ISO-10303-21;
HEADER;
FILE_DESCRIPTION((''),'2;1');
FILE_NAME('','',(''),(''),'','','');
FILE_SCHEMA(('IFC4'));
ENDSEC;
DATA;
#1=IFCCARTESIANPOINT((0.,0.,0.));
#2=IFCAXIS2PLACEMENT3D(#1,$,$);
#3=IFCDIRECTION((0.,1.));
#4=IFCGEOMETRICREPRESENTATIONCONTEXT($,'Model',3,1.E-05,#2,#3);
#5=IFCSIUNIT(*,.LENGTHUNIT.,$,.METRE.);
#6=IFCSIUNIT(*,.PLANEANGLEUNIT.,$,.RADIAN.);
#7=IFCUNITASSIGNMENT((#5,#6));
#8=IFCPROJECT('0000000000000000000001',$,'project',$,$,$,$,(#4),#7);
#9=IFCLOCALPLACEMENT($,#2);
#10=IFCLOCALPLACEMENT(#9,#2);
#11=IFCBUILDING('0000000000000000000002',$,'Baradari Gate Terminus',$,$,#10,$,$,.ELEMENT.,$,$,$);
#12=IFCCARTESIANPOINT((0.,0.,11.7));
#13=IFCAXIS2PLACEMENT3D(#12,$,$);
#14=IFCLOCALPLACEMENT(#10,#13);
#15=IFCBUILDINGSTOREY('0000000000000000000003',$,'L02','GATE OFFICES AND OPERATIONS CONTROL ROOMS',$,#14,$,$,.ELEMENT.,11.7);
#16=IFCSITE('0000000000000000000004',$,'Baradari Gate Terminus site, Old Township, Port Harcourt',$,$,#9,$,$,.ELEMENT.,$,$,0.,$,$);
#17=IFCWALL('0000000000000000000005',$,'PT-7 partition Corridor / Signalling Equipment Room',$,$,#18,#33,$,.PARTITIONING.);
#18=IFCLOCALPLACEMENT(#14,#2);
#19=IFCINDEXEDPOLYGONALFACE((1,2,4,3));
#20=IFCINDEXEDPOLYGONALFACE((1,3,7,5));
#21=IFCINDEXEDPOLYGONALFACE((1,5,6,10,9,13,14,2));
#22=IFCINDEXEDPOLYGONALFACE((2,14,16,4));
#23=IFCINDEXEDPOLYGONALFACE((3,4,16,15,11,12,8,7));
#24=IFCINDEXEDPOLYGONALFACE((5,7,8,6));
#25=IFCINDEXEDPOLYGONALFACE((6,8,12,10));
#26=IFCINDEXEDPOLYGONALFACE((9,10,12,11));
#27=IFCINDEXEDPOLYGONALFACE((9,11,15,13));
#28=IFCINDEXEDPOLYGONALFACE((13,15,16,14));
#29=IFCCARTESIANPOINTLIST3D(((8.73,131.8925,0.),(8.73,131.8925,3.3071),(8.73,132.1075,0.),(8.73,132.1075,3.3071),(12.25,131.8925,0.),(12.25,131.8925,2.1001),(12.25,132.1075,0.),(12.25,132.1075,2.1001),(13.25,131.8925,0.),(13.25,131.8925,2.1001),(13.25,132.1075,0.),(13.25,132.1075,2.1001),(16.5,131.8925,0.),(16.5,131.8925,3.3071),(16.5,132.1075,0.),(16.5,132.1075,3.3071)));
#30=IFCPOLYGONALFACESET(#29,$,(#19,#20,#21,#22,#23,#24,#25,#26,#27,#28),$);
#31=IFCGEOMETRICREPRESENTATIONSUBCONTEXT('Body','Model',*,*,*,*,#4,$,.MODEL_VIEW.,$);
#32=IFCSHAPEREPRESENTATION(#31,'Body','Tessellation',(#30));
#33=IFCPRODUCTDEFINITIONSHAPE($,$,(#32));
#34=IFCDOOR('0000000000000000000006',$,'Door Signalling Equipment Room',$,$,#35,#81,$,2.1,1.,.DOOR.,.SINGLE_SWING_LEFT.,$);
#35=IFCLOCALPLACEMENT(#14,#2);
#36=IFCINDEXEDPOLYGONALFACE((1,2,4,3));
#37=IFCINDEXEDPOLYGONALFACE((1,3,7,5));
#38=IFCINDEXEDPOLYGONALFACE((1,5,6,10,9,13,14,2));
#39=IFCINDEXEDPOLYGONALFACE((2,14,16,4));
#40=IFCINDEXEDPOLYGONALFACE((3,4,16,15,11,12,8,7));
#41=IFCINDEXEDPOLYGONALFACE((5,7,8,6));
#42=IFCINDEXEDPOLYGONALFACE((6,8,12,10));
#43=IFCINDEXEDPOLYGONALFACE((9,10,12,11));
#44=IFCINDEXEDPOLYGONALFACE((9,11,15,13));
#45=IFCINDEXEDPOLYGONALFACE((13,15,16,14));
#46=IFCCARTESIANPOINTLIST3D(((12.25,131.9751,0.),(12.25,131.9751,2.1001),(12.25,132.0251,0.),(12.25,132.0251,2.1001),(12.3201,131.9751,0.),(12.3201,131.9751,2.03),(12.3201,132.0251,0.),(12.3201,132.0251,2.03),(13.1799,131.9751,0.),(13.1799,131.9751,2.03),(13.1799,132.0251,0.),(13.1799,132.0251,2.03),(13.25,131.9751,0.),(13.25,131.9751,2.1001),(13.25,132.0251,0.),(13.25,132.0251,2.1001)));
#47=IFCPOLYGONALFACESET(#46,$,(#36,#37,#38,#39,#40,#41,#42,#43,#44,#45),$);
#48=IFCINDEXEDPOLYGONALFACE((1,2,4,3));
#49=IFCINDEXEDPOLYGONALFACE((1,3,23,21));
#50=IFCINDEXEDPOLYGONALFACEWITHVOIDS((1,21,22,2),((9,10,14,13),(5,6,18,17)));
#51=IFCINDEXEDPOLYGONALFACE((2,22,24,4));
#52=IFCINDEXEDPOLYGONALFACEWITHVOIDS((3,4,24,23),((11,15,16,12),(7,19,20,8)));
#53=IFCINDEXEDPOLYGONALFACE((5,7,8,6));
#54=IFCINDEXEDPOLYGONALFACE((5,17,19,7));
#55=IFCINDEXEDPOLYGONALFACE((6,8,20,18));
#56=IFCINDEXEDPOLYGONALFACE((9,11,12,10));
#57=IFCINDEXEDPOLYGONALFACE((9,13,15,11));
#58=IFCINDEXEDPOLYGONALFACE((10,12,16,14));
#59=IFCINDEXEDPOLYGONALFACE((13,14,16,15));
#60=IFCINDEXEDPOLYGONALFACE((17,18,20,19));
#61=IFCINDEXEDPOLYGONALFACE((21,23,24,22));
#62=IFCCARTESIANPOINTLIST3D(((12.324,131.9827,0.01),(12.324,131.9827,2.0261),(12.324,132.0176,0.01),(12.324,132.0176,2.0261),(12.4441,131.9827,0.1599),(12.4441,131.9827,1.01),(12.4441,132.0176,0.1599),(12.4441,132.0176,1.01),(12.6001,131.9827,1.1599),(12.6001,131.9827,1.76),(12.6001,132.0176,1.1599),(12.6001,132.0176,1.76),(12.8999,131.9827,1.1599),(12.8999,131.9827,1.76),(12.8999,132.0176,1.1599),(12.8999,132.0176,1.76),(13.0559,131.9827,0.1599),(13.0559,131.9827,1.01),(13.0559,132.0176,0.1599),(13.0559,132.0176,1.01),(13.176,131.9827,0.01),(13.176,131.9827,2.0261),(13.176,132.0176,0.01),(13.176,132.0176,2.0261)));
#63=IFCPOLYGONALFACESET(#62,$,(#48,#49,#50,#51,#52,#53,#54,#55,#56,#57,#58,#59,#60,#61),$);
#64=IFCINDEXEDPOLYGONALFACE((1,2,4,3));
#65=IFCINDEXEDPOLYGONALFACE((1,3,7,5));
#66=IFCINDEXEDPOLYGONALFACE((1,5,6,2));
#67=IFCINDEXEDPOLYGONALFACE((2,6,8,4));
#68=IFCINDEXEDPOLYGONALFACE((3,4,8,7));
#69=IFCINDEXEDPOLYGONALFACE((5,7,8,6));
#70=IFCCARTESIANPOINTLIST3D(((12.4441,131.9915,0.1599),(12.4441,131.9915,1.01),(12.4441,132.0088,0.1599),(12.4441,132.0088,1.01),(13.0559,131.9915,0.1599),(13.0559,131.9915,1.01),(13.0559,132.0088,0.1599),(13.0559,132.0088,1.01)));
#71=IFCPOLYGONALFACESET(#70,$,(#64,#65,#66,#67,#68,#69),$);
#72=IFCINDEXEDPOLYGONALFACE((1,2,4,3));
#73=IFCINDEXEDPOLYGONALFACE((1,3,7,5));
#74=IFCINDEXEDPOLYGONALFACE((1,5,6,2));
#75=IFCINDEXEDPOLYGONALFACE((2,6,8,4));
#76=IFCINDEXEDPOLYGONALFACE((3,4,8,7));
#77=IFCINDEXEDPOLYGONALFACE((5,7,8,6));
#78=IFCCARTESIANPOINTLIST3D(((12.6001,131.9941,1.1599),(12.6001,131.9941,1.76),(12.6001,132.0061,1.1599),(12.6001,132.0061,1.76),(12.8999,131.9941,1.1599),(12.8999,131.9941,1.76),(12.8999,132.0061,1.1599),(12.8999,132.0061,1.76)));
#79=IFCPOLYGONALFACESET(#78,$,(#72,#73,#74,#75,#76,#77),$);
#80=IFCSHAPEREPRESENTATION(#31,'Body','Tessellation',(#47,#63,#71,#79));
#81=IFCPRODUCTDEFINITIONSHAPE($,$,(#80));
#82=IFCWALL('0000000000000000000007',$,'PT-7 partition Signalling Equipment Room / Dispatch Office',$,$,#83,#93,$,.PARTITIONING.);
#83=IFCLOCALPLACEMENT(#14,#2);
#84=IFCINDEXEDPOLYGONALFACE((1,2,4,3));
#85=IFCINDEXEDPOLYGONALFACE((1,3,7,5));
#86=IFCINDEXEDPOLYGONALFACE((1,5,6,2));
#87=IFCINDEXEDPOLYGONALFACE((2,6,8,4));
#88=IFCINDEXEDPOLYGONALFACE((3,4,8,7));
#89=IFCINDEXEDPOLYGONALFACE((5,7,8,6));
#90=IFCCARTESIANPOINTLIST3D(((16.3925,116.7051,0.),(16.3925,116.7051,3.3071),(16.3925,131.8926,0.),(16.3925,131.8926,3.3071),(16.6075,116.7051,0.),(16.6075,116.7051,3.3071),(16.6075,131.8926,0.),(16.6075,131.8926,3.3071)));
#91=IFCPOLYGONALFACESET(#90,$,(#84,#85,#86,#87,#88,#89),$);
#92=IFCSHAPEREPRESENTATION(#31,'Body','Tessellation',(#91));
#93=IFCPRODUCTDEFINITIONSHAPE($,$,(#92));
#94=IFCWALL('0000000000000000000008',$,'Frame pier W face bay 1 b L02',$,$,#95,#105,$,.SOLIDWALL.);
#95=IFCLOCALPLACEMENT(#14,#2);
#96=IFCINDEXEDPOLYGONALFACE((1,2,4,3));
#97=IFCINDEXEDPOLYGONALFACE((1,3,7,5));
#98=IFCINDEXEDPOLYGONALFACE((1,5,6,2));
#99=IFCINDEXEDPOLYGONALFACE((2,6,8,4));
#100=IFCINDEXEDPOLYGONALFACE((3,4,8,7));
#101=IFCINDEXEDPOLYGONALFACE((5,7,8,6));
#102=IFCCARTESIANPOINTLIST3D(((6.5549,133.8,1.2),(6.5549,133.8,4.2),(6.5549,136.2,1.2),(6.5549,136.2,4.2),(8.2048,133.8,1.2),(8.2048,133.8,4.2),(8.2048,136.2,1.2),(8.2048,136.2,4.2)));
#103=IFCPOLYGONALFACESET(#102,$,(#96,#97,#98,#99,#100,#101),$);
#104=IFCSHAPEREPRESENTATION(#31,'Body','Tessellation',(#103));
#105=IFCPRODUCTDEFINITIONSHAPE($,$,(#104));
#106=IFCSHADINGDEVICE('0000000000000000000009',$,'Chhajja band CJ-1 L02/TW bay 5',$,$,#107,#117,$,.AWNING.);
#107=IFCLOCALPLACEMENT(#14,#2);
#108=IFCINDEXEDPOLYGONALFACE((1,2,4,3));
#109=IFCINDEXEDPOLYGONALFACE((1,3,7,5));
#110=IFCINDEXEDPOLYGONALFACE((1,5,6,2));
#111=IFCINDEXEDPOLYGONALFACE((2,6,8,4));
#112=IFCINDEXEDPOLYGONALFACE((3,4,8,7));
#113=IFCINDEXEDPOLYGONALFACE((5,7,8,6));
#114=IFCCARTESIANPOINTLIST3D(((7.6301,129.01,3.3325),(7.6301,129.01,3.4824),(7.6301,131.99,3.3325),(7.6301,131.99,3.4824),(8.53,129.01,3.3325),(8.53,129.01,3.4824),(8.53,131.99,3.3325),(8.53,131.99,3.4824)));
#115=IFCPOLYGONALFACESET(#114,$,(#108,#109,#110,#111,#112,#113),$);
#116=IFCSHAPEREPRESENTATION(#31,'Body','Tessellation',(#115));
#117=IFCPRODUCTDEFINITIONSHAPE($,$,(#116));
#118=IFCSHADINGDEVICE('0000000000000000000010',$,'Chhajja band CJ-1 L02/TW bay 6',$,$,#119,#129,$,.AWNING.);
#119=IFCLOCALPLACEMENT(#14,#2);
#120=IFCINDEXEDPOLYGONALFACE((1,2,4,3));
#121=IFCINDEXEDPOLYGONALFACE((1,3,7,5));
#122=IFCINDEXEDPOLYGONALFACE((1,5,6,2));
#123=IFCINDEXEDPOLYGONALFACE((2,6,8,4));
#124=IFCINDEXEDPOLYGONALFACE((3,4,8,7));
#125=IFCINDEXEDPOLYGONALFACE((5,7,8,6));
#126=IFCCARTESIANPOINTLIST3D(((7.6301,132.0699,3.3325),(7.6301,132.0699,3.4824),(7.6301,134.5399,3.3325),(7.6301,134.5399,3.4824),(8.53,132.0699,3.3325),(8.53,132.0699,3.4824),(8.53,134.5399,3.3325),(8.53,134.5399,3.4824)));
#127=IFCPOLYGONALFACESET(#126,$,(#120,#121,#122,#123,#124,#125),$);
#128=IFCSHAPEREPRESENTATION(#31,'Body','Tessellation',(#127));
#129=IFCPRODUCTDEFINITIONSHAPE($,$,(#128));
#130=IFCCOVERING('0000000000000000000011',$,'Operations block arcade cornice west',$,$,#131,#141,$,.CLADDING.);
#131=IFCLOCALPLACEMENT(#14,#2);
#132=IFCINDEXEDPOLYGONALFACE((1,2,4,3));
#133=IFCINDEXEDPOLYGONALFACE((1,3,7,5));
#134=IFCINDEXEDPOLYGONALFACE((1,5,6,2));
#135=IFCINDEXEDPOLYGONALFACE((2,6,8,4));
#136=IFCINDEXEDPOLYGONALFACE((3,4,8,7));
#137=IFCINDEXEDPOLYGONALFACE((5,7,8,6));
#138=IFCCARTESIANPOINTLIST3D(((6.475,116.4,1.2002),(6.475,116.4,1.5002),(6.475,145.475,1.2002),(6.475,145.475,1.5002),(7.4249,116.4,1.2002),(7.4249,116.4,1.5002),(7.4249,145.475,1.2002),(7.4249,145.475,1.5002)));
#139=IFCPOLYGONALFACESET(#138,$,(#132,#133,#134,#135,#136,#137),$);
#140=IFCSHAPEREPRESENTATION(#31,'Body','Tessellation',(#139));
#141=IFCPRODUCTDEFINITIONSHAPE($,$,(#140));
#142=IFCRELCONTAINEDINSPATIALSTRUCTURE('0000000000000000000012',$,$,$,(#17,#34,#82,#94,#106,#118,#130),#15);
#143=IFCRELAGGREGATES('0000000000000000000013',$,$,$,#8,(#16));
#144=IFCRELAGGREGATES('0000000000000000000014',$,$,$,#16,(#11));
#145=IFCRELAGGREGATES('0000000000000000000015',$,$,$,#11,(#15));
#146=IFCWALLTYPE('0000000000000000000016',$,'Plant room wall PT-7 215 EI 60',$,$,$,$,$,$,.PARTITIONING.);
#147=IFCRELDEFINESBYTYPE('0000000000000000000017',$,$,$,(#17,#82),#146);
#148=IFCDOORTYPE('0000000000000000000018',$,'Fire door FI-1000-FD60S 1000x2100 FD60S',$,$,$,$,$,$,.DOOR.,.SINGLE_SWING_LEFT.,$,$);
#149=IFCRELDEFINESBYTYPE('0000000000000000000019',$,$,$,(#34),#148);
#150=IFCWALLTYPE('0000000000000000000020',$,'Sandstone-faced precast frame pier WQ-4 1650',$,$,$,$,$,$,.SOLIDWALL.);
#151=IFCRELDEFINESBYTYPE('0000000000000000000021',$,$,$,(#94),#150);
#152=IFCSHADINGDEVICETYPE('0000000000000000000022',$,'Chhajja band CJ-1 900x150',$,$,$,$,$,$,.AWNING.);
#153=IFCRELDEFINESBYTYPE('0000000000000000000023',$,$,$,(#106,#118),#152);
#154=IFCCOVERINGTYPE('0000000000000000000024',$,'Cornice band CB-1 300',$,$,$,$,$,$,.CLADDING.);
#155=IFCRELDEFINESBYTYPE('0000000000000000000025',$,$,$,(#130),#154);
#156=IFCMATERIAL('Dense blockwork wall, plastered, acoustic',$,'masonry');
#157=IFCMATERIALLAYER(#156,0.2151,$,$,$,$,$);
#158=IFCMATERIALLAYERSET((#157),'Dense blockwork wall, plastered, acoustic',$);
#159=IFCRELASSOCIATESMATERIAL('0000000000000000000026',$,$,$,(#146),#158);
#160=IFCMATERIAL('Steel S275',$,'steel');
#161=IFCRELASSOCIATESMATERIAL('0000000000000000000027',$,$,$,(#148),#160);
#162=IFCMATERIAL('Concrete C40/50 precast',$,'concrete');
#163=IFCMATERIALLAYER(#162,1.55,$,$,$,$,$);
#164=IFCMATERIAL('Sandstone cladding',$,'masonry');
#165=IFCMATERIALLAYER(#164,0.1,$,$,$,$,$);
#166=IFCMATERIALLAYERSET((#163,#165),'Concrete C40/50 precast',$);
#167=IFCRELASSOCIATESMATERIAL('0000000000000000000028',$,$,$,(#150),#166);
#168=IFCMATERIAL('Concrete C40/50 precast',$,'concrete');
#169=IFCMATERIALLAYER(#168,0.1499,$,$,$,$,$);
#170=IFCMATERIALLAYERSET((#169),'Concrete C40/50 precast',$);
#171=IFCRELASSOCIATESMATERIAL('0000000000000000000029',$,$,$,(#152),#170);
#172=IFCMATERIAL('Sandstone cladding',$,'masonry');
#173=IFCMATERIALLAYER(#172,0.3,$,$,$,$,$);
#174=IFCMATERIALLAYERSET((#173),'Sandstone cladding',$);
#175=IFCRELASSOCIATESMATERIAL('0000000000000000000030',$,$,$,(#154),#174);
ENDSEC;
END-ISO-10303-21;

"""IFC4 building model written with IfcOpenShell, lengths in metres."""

from ifc_helpers import new_model, si_unit, direction, frame, frame_2d, origin, origin_2d, place, context, subcontext, project, spatial, polyline, rectangle, outline, extrude, material, layer, layer_set, type_object, element, fill, save


model = new_model("IFC4")

# Units and contexts
model_context = context("Model", 3, precision=1e-05, world=origin(), true_north=direction((0.0, 1.0)))
body_context = subcontext(model_context, "Body", "Model", "MODEL_VIEW")
ifc_project = project(units=[si_unit("LENGTHUNIT", "METRE"), si_unit("PLANEANGLEUNIT", "RADIAN")], contexts=[model_context])

# Site, building, storey
site_placement = place(None, origin())
site = spatial("IfcSite", under=ifc_project, at=site_placement, Name="Baradari Gate Terminus site, Old Township, Port Harcourt", CompositionType="ELEMENT", RefElevation=0.0)
building_placement = place(site_placement, origin())
building = spatial("IfcBuilding", under=site, at=building_placement, Name="Baradari Gate Terminus", CompositionType="ELEMENT")
storey_placement = place(building_placement, frame((0.0, 0.0, 11.7)))
storey = spatial("IfcBuildingStorey", under=building, at=storey_placement, Name="L02", Description="GATE OFFICES AND OPERATIONS CONTROL ROOMS", CompositionType="ELEMENT", Elevation=11.7)

# Wall, opening, door
ifc_material_1 = material(Name="Dense blockwork wall, plastered, acoustic", Category="masonry")
ifc_layer_1 = layer(ifc_material_1, 0.2151)
ifc_layer_set_1 = layer_set([ifc_layer_1], Name="Dense blockwork wall, plastered, acoustic")
wall_type_1 = type_object("IfcWallType", Name="Plant room wall PT-7 215 EI 60", PredefinedType="PARTITIONING", material=ifc_layer_set_1)
wall_1_placement = place(storey_placement, frame((16.5, 132.0, 0.0), z_axis=(0.0, 0.0, 1.0), x_axis=(-1.0, 0.0, 0.0)))
wall_1 = element("IfcWall", 1, at=wall_1_placement, inside=storey, type_object=wall_type_1, Name="PT-7 partition Corridor / Signalling Equipment Room", PredefinedType="PARTITIONING", context=body_context, shape_type="SweptSolid", body=[
    extrude(rectangle(XDim=7.77, YDim=0.2151, at=frame_2d((3.885, 0.0))), origin(), (0.0, 0.0, 1.0), 3.3071),
])
opening_1_placement = place(wall_1_placement, frame((3.25, 0.0, 0.0)))
opening_1 = element("IfcOpeningElement", 2, at=opening_1_placement, cuts=wall_1, PredefinedType="OPENING", context=body_context, shape_type="SweptSolid", body=[
    extrude(rectangle(XDim=1.0, YDim=2.1001, at=frame_2d((0.5, 1.05))), frame((0.0, 0.1174, 0.0), z_axis=(0.0, -1.0, 0.0), x_axis=(1.0, 0.0, 0.0)), (0.0, 0.0, 1.0), 0.2351),
])
ifc_material_2 = material(Name="Steel S275", Category="steel")
door_type_1 = type_object("IfcDoorType", Name="Fire door FI-1000-FD60S 1000x2100 FD60S", OperationType="SINGLE_SWING_LEFT", PredefinedType="DOOR", material=ifc_material_2)
door_1_placement = place(opening_1_placement, origin())
door_1 = element("IfcDoor", 3, at=door_1_placement, inside=storey, type_object=door_type_1, Name="Door Signalling Equipment Room", OperationType="SINGLE_SWING_LEFT", OverallHeight=2.1, OverallWidth=1.0, PredefinedType="DOOR", context=body_context, shape_type="SweptSolid", body=[
    extrude(outline(polyline([(0.0, 0.0), (0.0701, 0.0), (0.0701, 2.03), (0.9299, 2.03), (0.9299, 0.0), (1.0, 0.0), (1.0, 2.1001), (0.0, 2.1001), (0.0, 0.0)])), frame((0.0, 0.0249, 0.0), z_axis=(0.0, -1.0, 0.0), x_axis=(1.0, 0.0, 0.0)), (0.0, 0.0, 1.0), 0.05),
    extrude(outline(polyline([(0.074, 0.01), (0.926, 0.01), (0.926, 2.0261), (0.074, 2.0261), (0.074, 0.01)]), holes=[polyline([(0.1941, 0.1599), (0.8059, 0.1599), (0.8059, 1.01), (0.1941, 1.01), (0.1941, 0.1599)]), polyline([(0.3501, 1.1599), (0.6499, 1.1599), (0.6499, 1.76), (0.3501, 1.76), (0.3501, 1.1599)])]), frame((0.0, 0.0173, 0.0), z_axis=(0.0, -1.0, 0.0), x_axis=(1.0, 0.0, 0.0)), (0.0, 0.0, 1.0), 0.0349),
    extrude(rectangle(XDim=0.6118, YDim=0.8501, at=frame_2d((0.5, 0.585))), frame((0.0, 0.0085, 0.0), z_axis=(0.0, -1.0, 0.0), x_axis=(1.0, 0.0, 0.0)), (0.0, 0.0, 1.0), 0.0173),
    extrude(rectangle(XDim=0.2998, YDim=0.6001, at=frame_2d((0.5, 1.46))), frame((0.0, 0.0059, 0.0), z_axis=(0.0, -1.0, 0.0), x_axis=(1.0, 0.0, 0.0)), (0.0, 0.0, 1.0), 0.012),
])
fill(opening_1, door_1)

# Walls
wall_2_placement = place(storey_placement, frame((16.5, 131.8926, 0.0), z_axis=(0.0, 0.0, 1.0), x_axis=(0.0, -1.0, 0.0)))
element("IfcWall", 4, at=wall_2_placement, inside=storey, type_object=wall_type_1, Name="PT-7 partition Signalling Equipment Room / Dispatch Office", PredefinedType="PARTITIONING", context=body_context, shape_type="SweptSolid", body=[
    extrude(rectangle(XDim=15.1875, YDim=0.2151, at=frame_2d((7.5938, 0.0))), origin(), (0.0, 0.0, 1.0), 3.3071),
])
ifc_material_3 = material(Name="Concrete C40/50 precast", Category="concrete")
ifc_layer_2 = layer(ifc_material_3, 1.55)
ifc_material_4 = material(Name="Sandstone cladding", Category="masonry")
ifc_layer_3 = layer(ifc_material_4, 0.1)
ifc_layer_set_2 = layer_set([ifc_layer_2, ifc_layer_3], Name="Concrete C40/50 precast")
wall_type_2 = type_object("IfcWallType", Name="Sandstone-faced precast frame pier WQ-4 1650", PredefinedType="SOLIDWALL", material=ifc_layer_set_2)
wall_3_placement = place(storey_placement, frame((7.3799, 133.8, 1.2), z_axis=(0.0, 0.0, 1.0), x_axis=(0.0, 1.0, 0.0)))
element("IfcWall", 5, at=wall_3_placement, inside=storey, type_object=wall_type_2, Name="Frame pier W face bay 1 b L02", PredefinedType="SOLIDWALL", context=body_context, shape_type="SweptSolid", body=[
    extrude(rectangle(XDim=2.3999, YDim=1.6499, at=frame_2d((1.2, 0.0))), origin(), (0.0, 0.0, 1.0), 3.0),
])

# Shading devices
ifc_material_5 = material(Name="Concrete C40/50 precast", Category="concrete")
ifc_layer_4 = layer(ifc_material_5, 0.1499)
ifc_layer_set_3 = layer_set([ifc_layer_4], Name="Concrete C40/50 precast")
shading_device_type_1 = type_object("IfcShadingDeviceType", Name="Chhajja band CJ-1 900x150", PredefinedType="AWNING", material=ifc_layer_set_3)
shading_device_1_placement = place(storey_placement, frame((8.0801, 130.5, 3.3325), z_axis=(0.0, 0.0, 1.0), x_axis=(0.0, 1.0, 0.0)))
element("IfcShadingDevice", 6, at=shading_device_1_placement, inside=storey, type_object=shading_device_type_1, Name="Chhajja band CJ-1 L02/TW bay 5", PredefinedType="AWNING", context=body_context, shape_type="SweptSolid", body=[
    extrude(rectangle(XDim=2.98, YDim=0.8999, at=origin_2d()), origin(), (0.0, 0.0, 1.0), 0.1499),
])
shading_device_2_placement = place(storey_placement, frame((8.0801, 133.3049, 3.3325), z_axis=(0.0, 0.0, 1.0), x_axis=(0.0, 1.0, 0.0)))
element("IfcShadingDevice", 7, at=shading_device_2_placement, inside=storey, type_object=shading_device_type_1, Name="Chhajja band CJ-1 L02/TW bay 6", PredefinedType="AWNING", context=body_context, shape_type="SweptSolid", body=[
    extrude(rectangle(XDim=2.47, YDim=0.8999, at=origin_2d()), origin(), (0.0, 0.0, 1.0), 0.1499),
])

# Covering
ifc_material_6 = material(Name="Sandstone cladding", Category="masonry")
ifc_layer_5 = layer(ifc_material_6, 0.3)
ifc_layer_set_4 = layer_set([ifc_layer_5], Name="Sandstone cladding")
covering_type = type_object("IfcCoveringType", Name="Cornice band CB-1 300", PredefinedType="CLADDING", material=ifc_layer_set_4)
covering_placement = place(storey_placement, frame((6.95, 130.9375, 1.2002), z_axis=(0.0, 0.0, 1.0), x_axis=(1.0, 0.0, 0.0)))
element("IfcCovering", 8, at=covering_placement, inside=storey, type_object=covering_type, Name="Operations block arcade cornice west", PredefinedType="CLADDING", context=body_context, shape_type="SweptSolid", body=[
    extrude(rectangle(XDim=0.95, YDim=29.075, at=origin_2d()), origin(), (0.0, 0.0, 1.0), 0.3),
])

save(model, "model.ifc")
